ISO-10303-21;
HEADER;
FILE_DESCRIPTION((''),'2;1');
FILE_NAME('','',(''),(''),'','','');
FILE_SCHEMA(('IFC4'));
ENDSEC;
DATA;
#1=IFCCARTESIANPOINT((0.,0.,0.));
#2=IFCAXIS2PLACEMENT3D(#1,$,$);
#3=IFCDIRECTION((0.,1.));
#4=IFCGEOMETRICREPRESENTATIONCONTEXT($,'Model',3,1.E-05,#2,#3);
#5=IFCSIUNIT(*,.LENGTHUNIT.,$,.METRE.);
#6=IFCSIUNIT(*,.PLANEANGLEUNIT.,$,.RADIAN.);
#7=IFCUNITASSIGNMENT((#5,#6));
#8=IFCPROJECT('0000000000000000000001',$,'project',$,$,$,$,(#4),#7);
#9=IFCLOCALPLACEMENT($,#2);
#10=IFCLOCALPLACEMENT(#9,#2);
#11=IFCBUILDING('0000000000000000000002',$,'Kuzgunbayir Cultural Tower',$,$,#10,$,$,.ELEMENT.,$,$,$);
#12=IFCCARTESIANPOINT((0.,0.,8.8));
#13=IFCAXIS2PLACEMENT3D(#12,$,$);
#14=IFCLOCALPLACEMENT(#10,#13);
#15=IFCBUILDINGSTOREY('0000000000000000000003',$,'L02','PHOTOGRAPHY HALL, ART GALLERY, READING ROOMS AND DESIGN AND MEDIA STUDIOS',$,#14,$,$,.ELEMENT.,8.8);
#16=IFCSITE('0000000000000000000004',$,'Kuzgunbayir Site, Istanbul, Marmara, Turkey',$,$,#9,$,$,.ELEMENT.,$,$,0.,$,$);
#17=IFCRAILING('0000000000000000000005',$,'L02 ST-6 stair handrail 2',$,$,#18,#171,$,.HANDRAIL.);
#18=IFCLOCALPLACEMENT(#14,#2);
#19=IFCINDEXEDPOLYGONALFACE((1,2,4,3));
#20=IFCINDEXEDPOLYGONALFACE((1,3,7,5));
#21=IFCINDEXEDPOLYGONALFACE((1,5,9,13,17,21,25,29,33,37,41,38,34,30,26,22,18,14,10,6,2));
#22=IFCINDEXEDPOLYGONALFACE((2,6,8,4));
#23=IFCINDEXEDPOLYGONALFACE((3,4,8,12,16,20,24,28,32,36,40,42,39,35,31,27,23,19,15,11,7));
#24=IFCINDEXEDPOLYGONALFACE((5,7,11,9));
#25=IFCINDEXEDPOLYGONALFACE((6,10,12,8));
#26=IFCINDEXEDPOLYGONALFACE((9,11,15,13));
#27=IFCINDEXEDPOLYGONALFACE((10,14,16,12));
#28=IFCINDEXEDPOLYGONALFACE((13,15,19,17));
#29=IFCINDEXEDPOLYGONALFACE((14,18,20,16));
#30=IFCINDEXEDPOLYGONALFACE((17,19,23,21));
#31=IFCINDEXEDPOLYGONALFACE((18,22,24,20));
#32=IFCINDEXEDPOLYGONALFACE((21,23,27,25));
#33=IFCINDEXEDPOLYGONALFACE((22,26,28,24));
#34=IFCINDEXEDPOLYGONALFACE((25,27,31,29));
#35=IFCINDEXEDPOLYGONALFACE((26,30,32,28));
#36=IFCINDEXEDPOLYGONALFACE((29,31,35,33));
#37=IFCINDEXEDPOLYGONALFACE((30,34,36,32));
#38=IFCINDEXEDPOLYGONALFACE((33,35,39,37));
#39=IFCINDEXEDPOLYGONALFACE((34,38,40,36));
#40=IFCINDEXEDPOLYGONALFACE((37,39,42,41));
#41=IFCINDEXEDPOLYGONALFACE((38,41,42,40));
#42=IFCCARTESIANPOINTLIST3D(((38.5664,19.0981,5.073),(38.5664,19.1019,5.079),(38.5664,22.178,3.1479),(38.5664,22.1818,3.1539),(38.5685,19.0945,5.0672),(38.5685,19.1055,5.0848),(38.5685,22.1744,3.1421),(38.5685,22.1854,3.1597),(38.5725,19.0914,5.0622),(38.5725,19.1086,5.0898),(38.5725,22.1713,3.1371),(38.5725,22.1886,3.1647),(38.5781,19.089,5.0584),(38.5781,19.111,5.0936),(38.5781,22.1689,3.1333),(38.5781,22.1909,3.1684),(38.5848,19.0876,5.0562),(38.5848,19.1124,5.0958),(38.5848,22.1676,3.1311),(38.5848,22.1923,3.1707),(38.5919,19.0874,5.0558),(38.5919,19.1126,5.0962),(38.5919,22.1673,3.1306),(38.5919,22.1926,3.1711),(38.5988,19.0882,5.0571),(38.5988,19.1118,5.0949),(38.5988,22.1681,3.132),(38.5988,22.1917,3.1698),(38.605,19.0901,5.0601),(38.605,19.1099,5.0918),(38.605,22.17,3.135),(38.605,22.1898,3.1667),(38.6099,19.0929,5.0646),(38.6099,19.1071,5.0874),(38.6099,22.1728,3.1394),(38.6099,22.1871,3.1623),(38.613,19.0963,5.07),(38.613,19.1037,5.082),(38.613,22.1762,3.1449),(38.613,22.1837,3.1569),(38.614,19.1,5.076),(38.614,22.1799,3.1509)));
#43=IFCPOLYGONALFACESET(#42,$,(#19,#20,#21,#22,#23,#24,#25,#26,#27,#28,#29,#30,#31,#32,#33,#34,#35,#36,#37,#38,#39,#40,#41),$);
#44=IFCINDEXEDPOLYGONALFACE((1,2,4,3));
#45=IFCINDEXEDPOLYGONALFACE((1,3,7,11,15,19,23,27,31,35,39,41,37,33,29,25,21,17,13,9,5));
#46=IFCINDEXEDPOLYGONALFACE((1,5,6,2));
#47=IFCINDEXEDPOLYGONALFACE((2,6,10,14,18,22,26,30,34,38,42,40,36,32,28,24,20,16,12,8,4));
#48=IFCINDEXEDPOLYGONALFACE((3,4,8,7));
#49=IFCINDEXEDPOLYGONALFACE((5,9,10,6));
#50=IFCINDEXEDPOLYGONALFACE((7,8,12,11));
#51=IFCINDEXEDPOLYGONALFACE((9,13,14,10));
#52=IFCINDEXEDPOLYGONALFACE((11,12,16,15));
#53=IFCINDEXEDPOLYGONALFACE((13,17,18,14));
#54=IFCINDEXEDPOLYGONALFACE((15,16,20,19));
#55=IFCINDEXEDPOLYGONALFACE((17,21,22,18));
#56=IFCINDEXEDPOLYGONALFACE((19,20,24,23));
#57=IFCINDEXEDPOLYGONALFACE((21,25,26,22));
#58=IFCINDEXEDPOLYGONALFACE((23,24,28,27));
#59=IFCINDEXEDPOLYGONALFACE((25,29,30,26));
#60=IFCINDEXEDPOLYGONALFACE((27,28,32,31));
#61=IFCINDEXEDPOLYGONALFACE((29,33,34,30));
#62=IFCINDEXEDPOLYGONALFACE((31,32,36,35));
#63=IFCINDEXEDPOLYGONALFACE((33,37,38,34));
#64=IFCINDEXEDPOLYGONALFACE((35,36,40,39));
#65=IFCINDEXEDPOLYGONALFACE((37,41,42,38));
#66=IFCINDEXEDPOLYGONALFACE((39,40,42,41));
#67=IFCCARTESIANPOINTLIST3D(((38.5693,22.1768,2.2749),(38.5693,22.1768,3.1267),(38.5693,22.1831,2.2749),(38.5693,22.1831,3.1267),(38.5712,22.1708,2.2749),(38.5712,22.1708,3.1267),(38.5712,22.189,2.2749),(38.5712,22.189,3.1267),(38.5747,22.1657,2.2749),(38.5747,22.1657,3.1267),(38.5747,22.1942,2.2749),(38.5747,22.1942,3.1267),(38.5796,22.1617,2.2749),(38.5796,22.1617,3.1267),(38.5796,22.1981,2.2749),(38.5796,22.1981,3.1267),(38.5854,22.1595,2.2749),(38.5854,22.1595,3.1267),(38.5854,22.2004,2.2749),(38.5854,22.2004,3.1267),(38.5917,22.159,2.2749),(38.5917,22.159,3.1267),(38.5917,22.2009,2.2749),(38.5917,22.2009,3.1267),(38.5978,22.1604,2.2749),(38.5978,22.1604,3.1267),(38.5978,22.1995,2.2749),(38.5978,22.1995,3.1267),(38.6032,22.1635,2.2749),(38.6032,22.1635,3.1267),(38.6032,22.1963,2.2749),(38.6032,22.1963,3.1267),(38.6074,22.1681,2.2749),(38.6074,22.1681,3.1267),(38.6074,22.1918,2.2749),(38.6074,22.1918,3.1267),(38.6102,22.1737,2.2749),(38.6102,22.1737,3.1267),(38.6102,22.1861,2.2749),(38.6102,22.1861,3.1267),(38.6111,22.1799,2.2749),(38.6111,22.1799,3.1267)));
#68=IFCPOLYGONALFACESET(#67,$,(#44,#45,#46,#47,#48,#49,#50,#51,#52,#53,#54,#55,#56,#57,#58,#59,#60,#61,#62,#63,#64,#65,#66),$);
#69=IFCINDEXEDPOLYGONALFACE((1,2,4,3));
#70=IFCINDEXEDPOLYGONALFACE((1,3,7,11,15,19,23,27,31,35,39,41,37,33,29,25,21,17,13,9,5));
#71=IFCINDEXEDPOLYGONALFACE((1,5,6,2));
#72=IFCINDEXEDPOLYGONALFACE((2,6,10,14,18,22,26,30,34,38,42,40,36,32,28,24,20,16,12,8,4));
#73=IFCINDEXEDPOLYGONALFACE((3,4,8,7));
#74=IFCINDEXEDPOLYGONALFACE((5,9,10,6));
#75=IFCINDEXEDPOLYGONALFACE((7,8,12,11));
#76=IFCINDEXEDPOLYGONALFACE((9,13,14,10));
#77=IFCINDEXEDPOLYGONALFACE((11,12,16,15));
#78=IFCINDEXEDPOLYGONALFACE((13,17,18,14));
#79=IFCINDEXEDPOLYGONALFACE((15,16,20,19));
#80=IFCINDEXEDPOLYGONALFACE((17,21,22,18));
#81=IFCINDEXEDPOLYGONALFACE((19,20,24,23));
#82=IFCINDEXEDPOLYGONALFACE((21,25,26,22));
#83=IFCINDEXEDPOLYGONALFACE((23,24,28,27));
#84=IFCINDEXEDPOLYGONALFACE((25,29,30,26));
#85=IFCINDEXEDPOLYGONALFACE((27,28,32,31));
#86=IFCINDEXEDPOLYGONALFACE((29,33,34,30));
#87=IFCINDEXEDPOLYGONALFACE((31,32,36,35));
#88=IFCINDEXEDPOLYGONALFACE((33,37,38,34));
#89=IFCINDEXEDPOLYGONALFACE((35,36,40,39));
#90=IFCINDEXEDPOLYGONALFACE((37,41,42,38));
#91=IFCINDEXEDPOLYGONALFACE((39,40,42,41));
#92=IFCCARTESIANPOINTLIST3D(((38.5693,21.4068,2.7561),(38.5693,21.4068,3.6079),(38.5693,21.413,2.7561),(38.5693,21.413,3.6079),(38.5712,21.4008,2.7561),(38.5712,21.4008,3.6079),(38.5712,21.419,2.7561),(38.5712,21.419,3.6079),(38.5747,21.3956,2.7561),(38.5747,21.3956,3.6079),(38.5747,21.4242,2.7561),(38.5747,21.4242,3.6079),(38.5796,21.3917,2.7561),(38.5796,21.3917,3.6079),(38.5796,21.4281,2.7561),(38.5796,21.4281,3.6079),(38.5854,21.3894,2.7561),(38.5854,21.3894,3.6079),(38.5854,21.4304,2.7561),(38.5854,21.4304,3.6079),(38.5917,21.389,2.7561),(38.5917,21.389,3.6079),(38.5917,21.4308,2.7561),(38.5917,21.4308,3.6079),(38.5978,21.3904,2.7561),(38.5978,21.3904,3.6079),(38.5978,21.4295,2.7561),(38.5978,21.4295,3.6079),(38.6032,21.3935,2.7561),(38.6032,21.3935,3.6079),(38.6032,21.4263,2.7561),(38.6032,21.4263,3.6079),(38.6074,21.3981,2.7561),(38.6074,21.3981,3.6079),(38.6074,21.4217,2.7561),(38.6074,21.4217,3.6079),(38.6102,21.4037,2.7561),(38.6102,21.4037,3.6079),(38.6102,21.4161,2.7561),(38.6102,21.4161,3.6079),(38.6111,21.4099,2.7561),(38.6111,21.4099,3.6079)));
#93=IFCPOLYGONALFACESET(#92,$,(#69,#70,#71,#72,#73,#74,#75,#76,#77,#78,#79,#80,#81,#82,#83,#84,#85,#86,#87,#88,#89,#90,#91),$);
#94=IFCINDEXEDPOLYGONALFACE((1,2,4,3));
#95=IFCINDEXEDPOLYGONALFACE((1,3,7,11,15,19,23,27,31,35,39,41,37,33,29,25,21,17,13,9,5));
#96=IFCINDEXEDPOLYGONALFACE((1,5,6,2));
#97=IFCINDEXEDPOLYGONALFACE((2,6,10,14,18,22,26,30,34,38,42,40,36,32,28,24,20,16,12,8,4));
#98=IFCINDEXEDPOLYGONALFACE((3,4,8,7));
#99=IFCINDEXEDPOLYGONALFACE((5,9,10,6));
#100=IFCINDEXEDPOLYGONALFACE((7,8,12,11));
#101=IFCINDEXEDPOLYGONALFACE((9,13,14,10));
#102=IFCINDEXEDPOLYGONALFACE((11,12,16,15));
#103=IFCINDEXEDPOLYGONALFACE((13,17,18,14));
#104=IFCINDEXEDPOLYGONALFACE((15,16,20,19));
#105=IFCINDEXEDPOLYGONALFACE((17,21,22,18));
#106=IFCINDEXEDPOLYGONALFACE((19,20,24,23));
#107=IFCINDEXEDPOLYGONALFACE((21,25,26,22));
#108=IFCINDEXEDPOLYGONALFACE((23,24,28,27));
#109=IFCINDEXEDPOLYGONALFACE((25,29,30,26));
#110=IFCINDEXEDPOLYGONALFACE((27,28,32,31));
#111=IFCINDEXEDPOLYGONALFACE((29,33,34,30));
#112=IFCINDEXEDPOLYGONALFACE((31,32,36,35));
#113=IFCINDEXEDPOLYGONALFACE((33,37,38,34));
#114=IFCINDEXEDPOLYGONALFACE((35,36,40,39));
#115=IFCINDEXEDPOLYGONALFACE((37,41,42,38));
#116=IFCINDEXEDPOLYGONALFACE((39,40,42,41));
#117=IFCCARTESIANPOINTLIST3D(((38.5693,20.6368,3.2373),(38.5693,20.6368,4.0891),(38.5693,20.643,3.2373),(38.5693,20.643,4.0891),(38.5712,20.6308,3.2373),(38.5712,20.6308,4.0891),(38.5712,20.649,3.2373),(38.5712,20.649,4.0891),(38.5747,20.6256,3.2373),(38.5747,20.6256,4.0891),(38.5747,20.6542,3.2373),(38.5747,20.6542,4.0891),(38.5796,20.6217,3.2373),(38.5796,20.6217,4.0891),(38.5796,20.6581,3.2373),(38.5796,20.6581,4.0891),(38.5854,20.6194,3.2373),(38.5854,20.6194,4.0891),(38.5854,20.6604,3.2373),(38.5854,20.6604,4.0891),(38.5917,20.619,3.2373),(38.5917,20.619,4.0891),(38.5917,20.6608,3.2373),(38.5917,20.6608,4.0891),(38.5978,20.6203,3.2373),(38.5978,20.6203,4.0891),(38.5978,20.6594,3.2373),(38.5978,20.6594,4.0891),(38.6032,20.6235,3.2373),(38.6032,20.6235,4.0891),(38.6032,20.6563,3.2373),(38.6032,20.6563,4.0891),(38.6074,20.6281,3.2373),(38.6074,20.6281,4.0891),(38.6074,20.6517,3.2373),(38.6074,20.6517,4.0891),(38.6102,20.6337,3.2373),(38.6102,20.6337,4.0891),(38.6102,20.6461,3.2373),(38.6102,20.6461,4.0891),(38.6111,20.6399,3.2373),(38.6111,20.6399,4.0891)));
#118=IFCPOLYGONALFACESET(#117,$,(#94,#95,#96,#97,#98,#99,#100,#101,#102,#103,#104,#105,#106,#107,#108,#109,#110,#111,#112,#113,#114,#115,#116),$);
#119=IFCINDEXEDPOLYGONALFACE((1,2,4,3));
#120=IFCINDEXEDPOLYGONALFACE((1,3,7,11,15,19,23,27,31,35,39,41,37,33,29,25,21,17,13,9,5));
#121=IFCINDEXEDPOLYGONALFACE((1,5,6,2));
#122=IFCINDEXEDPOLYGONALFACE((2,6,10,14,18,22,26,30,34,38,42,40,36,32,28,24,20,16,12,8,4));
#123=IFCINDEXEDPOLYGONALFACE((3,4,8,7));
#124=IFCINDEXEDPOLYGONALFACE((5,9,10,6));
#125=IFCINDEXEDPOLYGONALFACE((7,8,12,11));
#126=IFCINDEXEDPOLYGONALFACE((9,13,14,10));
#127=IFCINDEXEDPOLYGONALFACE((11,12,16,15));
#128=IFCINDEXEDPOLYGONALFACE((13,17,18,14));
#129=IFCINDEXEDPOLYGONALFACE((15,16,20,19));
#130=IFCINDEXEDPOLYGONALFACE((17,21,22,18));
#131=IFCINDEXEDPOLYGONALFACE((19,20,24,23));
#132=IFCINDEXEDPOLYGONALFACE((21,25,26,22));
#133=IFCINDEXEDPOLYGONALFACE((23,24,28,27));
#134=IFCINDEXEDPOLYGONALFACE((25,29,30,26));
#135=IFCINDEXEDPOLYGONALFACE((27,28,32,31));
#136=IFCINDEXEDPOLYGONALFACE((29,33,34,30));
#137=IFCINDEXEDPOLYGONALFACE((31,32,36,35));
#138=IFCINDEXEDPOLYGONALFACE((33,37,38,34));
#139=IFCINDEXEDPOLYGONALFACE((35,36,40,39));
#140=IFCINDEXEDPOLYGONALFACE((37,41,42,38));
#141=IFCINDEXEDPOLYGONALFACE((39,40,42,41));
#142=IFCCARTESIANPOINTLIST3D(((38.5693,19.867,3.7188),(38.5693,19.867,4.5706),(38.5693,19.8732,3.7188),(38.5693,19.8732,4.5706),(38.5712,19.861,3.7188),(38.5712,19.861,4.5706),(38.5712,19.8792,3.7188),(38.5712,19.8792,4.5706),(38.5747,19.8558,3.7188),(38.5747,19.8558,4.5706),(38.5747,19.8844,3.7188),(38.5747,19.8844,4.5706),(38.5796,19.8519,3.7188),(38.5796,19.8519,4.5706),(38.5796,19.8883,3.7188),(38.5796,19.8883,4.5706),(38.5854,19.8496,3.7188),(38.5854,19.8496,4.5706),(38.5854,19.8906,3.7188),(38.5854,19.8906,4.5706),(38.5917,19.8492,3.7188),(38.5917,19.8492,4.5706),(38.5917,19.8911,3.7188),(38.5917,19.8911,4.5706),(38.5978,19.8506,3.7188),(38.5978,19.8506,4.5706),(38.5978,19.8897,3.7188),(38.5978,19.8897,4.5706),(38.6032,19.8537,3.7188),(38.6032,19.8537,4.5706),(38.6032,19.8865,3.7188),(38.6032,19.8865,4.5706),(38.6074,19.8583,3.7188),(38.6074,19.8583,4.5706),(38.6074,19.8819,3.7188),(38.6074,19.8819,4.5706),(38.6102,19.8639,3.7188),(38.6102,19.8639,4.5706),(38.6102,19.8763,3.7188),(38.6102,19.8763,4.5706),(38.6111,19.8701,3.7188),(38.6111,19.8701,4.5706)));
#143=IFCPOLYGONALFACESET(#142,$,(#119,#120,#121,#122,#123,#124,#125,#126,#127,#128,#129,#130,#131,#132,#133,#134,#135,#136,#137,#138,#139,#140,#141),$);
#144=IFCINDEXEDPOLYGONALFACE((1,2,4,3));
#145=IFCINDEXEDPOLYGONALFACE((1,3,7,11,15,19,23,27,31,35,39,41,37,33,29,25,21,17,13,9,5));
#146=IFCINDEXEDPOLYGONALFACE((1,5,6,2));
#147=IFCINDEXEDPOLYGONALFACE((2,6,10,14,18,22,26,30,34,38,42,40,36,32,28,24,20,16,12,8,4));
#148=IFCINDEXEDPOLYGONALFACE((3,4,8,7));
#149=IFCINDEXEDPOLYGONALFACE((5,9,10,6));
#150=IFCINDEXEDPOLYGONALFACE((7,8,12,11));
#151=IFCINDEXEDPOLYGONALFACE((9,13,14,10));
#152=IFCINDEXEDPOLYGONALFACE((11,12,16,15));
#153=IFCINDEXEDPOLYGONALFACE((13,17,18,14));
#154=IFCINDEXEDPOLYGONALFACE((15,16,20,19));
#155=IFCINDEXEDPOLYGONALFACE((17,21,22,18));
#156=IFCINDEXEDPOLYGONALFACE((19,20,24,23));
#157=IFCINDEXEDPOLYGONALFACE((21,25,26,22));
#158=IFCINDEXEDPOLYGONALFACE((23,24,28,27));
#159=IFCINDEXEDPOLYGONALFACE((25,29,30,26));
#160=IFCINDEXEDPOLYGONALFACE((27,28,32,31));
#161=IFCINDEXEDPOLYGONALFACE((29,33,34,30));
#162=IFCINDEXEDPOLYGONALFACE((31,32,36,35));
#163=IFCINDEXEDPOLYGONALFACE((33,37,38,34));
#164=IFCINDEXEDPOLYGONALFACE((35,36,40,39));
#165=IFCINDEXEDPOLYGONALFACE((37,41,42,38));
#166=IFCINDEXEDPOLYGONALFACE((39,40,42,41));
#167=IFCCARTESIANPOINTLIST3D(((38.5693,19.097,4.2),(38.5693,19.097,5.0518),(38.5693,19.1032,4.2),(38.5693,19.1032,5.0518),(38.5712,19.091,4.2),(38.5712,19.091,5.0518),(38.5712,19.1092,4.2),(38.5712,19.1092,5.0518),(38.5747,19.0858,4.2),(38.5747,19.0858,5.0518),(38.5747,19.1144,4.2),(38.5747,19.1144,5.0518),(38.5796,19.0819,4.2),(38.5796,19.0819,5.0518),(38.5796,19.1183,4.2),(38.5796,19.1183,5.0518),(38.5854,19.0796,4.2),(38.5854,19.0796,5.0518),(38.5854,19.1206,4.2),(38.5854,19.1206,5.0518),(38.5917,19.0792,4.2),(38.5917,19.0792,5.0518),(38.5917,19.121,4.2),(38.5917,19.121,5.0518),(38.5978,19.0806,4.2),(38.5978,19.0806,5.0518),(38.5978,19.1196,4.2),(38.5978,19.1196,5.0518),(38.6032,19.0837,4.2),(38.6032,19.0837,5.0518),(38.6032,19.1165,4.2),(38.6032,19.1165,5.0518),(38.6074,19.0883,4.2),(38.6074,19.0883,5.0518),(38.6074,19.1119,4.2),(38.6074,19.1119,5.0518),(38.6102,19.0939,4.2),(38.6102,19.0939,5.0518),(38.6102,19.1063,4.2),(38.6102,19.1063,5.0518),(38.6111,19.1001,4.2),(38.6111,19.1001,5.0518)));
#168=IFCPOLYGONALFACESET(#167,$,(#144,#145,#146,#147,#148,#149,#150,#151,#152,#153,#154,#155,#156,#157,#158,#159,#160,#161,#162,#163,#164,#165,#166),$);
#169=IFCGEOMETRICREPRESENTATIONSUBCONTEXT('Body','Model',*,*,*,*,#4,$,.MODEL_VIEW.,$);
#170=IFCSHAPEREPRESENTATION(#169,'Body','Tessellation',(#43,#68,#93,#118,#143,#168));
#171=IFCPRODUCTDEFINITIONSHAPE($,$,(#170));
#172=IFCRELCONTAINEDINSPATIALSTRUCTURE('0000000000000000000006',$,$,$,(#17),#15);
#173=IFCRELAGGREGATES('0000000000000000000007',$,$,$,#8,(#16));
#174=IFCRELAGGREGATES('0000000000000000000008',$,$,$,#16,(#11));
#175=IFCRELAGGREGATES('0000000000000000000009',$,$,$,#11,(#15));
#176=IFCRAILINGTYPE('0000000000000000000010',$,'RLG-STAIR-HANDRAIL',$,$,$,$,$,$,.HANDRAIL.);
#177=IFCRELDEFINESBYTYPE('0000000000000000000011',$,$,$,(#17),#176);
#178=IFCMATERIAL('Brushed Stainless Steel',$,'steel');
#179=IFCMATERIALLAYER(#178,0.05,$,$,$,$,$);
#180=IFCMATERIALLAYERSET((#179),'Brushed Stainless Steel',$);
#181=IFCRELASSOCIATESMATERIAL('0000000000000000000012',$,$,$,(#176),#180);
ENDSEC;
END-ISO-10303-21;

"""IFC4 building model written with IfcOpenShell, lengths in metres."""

from ifc_helpers import new_model, si_unit, direction, frame, origin, origin_2d, place, context, subcontext, project, spatial, circle, extrude, material, layer, layer_set, type_object, element, save


model = new_model("IFC4")

# Units and contexts
model_context = context("Model", 3, precision=1e-05, world=origin(), true_north=direction((0.0, 1.0)))
body_context = subcontext(model_context, "Body", "Model", "MODEL_VIEW")
ifc_project = project(units=[si_unit("LENGTHUNIT", "METRE"), si_unit("PLANEANGLEUNIT", "RADIAN")], contexts=[model_context])

# Site, building, storey
site_placement = place(None, origin())
site = spatial("IfcSite", under=ifc_project, at=site_placement, Name="Kuzgunbayir Site, Istanbul, Marmara, Turkey", CompositionType="ELEMENT", RefElevation=0.0)
building_placement = place(site_placement, origin())
building = spatial("IfcBuilding", under=site, at=building_placement, Name="Kuzgunbayir Cultural Tower", CompositionType="ELEMENT")
storey_placement = place(building_placement, frame((0.0, 0.0, 8.8)))
storey = spatial("IfcBuildingStorey", under=building, at=storey_placement, Name="L02", Description="PHOTOGRAPHY HALL, ART GALLERY, READING ROOMS AND DESIGN AND MEDIA STUDIOS", CompositionType="ELEMENT", Elevation=8.8)

# Railing
ifc_material_1 = material(Name="Brushed Stainless Steel", Category="steel")
ifc_layer_1 = layer(ifc_material_1, 0.05)
ifc_layer_set_1 = layer_set([ifc_layer_1], Name="Brushed Stainless Steel")
railing_type_1 = type_object("IfcRailingType", Name="RLG-STAIR-HANDRAIL", PredefinedType="HANDRAIL", material=ifc_layer_set_1)
railing_1_placement = place(storey_placement, frame((38.5901, 22.1799, 2.2749)))
element("IfcRailing", 1, at=railing_1_placement, inside=storey, type_object=railing_type_1, Name="L02 ST-6 stair handrail 2", PredefinedType="HANDRAIL", context=body_context, shape_type="SweptSolid", body=[
    extrude(circle(Radius=0.0239, at=origin_2d()), frame((0.0, 0.0, 0.876), z_axis=(0.0, -0.847979, 0.530029), x_axis=(1.0, 0.0, 0.0)), (0.0, 0.0, 1.0), 3.6321),
    extrude(circle(Radius=0.021, at=origin_2d()), origin(), (0.0, 0.0, 1.0), 0.8518),
    extrude(circle(Radius=0.021, at=origin_2d()), frame((0.0, -0.77, 0.4812)), (0.0, 0.0, 1.0), 0.8518),
    extrude(circle(Radius=0.021, at=origin_2d()), frame((0.0, -1.54, 0.9624)), (0.0, 0.0, 1.0), 0.8518),
    extrude(circle(Radius=0.021, at=origin_2d()), frame((0.0, -2.3098, 1.4438)), (0.0, 0.0, 1.0), 0.8518),
    extrude(circle(Radius=0.021, at=origin_2d()), frame((0.0, -3.0798, 1.925)), (0.0, 0.0, 1.0), 0.8518),
])

save(model, "model.ifc")
